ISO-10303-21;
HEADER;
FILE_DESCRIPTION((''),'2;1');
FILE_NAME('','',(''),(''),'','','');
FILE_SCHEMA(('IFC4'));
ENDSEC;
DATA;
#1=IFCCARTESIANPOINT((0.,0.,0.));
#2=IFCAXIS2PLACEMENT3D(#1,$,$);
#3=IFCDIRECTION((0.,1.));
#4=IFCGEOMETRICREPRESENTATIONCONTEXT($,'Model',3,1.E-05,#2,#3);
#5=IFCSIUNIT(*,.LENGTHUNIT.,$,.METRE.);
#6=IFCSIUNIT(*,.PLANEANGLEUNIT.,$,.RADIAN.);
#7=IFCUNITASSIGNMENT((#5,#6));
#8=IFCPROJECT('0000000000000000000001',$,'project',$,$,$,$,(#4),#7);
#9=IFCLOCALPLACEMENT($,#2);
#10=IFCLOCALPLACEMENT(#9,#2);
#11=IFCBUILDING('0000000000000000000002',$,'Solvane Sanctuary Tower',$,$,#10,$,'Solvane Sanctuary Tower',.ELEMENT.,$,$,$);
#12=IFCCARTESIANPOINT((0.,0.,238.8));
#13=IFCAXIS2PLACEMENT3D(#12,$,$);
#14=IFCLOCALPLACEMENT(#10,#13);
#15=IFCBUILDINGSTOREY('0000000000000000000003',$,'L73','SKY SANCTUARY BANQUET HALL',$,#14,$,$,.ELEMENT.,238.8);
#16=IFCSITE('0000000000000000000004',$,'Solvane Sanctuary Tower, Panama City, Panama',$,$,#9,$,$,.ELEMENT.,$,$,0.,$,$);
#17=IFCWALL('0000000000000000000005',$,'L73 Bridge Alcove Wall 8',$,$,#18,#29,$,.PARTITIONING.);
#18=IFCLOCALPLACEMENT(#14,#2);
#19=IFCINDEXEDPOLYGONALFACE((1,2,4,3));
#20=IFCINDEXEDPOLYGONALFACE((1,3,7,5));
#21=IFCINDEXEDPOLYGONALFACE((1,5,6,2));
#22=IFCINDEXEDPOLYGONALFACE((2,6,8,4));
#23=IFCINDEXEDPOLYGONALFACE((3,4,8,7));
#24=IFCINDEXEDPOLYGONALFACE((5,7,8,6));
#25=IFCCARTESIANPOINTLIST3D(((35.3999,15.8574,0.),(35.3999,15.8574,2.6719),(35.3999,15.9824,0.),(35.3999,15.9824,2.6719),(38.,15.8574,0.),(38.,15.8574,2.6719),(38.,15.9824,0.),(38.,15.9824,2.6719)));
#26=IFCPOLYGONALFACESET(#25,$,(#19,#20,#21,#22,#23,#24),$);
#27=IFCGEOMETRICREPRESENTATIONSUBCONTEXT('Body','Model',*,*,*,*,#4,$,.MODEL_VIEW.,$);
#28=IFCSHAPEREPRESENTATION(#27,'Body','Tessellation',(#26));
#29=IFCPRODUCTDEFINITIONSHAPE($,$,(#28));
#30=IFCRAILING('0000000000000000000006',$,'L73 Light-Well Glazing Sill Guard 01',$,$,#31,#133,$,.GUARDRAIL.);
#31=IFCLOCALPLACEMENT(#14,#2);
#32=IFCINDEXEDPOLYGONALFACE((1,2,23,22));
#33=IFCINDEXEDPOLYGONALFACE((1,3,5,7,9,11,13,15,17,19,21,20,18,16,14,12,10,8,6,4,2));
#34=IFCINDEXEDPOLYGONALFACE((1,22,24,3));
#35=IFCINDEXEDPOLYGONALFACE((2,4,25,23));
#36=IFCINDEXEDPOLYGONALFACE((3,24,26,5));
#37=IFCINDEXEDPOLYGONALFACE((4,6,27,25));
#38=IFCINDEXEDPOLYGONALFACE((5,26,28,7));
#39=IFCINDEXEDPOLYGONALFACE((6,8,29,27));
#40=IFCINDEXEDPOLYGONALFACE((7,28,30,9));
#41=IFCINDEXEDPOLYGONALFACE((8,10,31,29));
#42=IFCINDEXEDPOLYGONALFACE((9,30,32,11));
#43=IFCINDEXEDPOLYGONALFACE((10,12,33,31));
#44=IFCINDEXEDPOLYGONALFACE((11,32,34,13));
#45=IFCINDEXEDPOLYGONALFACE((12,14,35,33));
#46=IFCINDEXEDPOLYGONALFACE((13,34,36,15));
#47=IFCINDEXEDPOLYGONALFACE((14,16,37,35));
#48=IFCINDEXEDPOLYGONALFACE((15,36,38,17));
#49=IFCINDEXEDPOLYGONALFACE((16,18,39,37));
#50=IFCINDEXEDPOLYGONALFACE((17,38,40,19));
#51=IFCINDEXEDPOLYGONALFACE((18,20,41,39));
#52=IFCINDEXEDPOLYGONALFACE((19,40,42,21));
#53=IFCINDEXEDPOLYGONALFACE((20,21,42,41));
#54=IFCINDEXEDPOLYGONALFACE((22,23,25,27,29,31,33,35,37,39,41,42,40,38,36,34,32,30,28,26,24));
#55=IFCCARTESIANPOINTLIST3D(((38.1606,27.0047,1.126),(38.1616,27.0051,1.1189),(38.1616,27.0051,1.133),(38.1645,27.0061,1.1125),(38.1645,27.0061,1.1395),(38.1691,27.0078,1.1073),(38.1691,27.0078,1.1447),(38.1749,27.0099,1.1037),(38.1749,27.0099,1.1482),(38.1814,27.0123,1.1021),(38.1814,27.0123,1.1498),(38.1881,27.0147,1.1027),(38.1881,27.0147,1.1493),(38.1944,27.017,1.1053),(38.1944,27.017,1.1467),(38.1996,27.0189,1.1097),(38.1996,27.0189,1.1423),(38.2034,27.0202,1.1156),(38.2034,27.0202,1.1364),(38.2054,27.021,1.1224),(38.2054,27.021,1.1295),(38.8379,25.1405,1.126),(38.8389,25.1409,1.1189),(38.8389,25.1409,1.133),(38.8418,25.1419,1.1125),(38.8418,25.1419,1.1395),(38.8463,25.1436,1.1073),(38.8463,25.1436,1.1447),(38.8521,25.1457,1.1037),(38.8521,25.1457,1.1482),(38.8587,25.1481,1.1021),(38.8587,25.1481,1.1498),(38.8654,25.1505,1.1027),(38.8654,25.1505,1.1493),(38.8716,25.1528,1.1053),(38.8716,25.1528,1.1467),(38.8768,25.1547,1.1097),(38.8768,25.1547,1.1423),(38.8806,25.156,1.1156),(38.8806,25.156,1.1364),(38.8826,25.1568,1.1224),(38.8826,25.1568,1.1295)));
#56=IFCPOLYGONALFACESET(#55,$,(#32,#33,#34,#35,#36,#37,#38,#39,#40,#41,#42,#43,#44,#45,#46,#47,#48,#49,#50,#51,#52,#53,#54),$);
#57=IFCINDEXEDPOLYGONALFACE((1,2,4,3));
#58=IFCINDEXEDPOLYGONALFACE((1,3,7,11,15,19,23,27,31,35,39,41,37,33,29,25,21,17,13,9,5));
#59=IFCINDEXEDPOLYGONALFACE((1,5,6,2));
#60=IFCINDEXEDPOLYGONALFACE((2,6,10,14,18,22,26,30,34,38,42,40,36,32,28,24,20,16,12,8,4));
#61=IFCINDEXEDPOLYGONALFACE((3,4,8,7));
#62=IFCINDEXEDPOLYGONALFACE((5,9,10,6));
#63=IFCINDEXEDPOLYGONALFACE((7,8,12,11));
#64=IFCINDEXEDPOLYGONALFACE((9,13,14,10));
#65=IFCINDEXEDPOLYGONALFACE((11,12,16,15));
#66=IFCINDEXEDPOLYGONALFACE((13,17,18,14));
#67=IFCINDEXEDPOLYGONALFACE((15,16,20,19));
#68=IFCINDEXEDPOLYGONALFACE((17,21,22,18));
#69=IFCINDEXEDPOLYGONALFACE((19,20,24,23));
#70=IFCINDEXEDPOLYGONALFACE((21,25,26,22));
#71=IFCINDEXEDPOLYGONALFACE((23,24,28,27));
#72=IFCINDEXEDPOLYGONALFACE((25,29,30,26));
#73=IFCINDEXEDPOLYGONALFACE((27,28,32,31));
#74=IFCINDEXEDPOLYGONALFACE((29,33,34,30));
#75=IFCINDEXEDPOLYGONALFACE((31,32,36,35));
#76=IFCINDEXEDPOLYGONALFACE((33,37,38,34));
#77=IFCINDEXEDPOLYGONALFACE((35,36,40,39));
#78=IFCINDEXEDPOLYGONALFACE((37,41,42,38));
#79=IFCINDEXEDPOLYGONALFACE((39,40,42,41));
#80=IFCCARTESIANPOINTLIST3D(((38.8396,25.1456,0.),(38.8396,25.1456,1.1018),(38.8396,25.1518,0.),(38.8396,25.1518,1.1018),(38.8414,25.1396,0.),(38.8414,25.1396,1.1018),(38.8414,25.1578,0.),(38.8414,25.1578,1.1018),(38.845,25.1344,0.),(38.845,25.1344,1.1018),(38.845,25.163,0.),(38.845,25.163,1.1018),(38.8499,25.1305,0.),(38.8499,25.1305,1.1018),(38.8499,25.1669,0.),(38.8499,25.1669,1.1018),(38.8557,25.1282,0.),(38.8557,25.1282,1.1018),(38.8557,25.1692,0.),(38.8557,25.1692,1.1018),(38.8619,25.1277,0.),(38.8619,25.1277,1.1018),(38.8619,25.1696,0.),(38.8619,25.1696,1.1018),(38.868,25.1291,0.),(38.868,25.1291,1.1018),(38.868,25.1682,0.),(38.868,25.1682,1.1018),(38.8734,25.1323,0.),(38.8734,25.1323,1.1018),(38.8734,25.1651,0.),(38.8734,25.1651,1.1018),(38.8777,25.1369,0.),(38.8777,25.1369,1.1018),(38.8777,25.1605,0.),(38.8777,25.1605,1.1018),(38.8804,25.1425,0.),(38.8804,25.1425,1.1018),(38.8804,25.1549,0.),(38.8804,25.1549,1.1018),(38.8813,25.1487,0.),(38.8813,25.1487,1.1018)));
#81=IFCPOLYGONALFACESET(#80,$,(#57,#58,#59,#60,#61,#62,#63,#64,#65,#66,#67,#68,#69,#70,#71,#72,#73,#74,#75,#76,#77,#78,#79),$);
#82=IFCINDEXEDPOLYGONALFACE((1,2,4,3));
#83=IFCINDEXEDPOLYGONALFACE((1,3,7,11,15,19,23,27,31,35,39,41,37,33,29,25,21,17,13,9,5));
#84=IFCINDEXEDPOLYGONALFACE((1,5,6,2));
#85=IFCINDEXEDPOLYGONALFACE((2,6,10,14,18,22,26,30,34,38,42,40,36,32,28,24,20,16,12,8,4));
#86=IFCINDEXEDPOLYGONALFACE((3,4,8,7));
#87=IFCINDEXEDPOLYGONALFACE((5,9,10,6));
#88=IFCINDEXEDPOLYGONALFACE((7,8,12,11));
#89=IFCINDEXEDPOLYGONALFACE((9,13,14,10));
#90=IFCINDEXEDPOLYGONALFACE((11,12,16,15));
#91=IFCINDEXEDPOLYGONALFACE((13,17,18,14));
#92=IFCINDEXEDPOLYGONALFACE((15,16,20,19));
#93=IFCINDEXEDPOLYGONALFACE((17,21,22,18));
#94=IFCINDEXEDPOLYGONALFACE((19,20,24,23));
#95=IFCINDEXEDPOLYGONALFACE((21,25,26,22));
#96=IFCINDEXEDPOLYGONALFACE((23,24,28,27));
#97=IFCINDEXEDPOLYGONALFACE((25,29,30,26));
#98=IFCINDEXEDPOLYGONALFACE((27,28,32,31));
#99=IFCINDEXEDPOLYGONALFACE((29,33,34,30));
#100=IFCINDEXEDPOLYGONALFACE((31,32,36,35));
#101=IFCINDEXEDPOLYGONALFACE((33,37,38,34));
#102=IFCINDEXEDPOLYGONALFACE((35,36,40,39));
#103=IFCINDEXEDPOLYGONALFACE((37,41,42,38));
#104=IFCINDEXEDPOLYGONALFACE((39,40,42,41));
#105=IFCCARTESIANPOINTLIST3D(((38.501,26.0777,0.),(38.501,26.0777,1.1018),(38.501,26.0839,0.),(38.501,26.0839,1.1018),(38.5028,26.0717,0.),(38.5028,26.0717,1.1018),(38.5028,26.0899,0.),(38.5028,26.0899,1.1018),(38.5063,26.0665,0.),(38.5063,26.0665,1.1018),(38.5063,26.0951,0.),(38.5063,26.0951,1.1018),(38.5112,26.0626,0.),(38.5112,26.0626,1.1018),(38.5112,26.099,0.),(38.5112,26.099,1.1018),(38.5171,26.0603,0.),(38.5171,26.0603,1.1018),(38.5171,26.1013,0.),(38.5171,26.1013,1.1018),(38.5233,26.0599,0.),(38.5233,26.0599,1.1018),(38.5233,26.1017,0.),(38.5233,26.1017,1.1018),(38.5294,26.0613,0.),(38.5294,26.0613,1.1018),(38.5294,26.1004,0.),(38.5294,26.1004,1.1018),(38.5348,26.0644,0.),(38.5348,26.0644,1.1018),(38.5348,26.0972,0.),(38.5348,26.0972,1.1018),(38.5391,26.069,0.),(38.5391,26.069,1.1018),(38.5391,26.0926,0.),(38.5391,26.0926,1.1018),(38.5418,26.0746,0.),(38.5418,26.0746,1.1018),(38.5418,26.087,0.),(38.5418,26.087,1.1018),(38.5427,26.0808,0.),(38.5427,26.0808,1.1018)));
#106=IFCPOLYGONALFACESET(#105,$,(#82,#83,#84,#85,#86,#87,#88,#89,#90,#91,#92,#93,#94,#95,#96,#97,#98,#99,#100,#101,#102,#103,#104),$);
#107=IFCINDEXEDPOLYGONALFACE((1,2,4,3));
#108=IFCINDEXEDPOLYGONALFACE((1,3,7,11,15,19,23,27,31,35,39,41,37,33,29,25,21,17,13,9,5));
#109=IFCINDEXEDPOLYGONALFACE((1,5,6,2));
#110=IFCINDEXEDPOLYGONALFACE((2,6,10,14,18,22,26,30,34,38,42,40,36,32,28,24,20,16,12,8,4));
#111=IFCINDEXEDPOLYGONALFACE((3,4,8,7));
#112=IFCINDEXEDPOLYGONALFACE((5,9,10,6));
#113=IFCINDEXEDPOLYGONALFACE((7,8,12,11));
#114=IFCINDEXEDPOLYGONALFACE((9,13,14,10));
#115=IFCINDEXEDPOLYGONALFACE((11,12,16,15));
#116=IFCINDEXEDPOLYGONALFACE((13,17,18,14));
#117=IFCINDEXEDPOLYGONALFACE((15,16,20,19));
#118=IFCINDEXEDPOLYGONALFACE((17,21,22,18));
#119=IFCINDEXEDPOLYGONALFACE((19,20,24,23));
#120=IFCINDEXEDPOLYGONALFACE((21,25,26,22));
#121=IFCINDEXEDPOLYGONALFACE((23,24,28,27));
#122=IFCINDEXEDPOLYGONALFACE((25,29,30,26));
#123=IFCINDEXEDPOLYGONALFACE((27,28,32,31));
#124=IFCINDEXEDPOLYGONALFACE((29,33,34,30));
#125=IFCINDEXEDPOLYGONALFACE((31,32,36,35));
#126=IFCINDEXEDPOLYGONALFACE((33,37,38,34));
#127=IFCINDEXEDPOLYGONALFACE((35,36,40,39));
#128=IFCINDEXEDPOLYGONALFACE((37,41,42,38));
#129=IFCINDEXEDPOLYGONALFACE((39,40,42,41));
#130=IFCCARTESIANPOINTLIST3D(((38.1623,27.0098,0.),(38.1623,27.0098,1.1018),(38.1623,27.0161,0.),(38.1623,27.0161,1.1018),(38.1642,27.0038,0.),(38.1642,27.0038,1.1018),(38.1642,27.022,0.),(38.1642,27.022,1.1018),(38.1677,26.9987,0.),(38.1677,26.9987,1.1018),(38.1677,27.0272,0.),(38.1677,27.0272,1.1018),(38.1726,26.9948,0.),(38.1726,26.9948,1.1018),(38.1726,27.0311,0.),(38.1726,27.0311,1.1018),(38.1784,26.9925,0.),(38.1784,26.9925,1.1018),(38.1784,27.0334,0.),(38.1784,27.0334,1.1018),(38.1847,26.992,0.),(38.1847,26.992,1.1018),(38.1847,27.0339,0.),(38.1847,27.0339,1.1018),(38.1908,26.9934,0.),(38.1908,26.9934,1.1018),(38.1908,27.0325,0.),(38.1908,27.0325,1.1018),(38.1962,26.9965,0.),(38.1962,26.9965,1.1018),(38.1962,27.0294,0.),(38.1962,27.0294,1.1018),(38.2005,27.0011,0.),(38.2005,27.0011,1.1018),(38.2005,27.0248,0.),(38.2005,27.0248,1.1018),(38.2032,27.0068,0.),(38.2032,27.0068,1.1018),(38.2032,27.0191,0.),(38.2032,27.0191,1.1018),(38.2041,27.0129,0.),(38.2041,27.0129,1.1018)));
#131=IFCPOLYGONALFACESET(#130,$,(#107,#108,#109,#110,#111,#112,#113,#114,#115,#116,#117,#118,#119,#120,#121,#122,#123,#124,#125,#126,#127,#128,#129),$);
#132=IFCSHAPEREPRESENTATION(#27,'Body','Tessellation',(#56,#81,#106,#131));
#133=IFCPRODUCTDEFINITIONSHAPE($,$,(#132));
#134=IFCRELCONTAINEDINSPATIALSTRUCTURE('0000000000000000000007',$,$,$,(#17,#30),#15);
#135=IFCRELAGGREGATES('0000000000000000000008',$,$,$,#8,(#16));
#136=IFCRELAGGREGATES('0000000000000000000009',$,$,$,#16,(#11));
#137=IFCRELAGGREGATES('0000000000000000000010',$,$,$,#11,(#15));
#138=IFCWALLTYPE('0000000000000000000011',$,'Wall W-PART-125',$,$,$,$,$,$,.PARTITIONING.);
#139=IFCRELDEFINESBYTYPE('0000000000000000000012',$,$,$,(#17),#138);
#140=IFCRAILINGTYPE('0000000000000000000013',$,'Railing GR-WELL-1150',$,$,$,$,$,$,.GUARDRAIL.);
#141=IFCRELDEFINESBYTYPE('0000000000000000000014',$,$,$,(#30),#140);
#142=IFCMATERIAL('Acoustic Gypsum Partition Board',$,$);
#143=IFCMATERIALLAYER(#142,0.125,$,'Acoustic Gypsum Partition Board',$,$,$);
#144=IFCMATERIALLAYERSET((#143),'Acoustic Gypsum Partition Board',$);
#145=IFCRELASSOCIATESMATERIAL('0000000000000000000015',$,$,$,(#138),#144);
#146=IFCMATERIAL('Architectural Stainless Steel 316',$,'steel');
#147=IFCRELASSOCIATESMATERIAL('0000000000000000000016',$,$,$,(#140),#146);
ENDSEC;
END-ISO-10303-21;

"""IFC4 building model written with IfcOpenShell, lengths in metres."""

from ifc_helpers import new_model, si_unit, direction, frame, frame_2d, origin, origin_2d, place, context, subcontext, project, spatial, rectangle, circle, extrude, material, layer, layer_set, type_object, element, save


model = new_model("IFC4")

# Units and contexts
model_context = context("Model", 3, precision=1e-05, world=origin(), true_north=direction((0.0, 1.0)))
body_context = subcontext(model_context, "Body", "Model", "MODEL_VIEW")
ifc_project = project(units=[si_unit("LENGTHUNIT", "METRE"), si_unit("PLANEANGLEUNIT", "RADIAN")], contexts=[model_context])

# Site, building, storey
site_placement = place(None, origin())
site = spatial("IfcSite", under=ifc_project, at=site_placement, Name="Solvane Sanctuary Tower, Panama City, Panama", CompositionType="ELEMENT", RefElevation=0.0)
building_placement = place(site_placement, origin())
building = spatial("IfcBuilding", under=site, at=building_placement, Name="Solvane Sanctuary Tower", LongName="Solvane Sanctuary Tower", CompositionType="ELEMENT")
storey_placement = place(building_placement, frame((0.0, 0.0, 238.8)))
storey = spatial("IfcBuildingStorey", under=building, at=storey_placement, Name="L73", Description="SKY SANCTUARY BANQUET HALL", CompositionType="ELEMENT", Elevation=238.8)

# Wall
ifc_material_1 = material(Name="Acoustic Gypsum Partition Board")
ifc_layer_1 = layer(ifc_material_1, 0.125, Name="Acoustic Gypsum Partition Board")
ifc_layer_set_1 = layer_set([ifc_layer_1], Name="Acoustic Gypsum Partition Board")
wall_type_1 = type_object("IfcWallType", Name="Wall W-PART-125", PredefinedType="PARTITIONING", material=ifc_layer_set_1)
wall_1_placement = place(storey_placement, frame((35.3999, 15.9199, 0.0), z_axis=(0.0, 0.0, 1.0), x_axis=(1.0, 0.0, 0.0)))
element("IfcWall", 1, at=wall_1_placement, inside=storey, type_object=wall_type_1, Name="L73 Bridge Alcove Wall 8", PredefinedType="PARTITIONING", context=body_context, shape_type="SweptSolid", body=[
    extrude(rectangle(XDim=2.6001, YDim=0.125, at=frame_2d((1.3, 0.0))), origin(), (0.0, 0.0, 1.0), 2.6719),
])

# Railing
ifc_material_2 = material(Name="Architectural Stainless Steel 316", Category="steel")
railing_type = type_object("IfcRailingType", Name="Railing GR-WELL-1150", PredefinedType="GUARDRAIL", material=ifc_material_2)
railing_1_placement = place(storey_placement, frame((38.8604, 25.1487, 0.0)))
element("IfcRailing", 2, at=railing_1_placement, inside=storey, type_object=railing_type, Name="L73 Light-Well Glazing Sill Guard 01", PredefinedType="GUARDRAIL", context=body_context, shape_type="SweptSolid", body=[
    extrude(circle(Radius=0.0239, at=origin_2d()), frame((0.0, 0.0, 1.126), z_axis=(-0.341447, 0.939901, 0.0), x_axis=(-0.939901, -0.341447, 0.0)), (0.0, 0.0, 1.0), 1.9834),
    extrude(circle(Radius=0.021, at=origin_2d()), origin(), (0.0, 0.0, 1.0), 1.1018),
    extrude(circle(Radius=0.021, at=origin_2d()), frame((-0.3386, 0.9321, 0.0)), (0.0, 0.0, 1.0), 1.1018),
    extrude(circle(Radius=0.021, at=origin_2d()), frame((-0.6772, 1.8643, 0.0)), (0.0, 0.0, 1.0), 1.1018),
])

save(model, "model.ifc")
